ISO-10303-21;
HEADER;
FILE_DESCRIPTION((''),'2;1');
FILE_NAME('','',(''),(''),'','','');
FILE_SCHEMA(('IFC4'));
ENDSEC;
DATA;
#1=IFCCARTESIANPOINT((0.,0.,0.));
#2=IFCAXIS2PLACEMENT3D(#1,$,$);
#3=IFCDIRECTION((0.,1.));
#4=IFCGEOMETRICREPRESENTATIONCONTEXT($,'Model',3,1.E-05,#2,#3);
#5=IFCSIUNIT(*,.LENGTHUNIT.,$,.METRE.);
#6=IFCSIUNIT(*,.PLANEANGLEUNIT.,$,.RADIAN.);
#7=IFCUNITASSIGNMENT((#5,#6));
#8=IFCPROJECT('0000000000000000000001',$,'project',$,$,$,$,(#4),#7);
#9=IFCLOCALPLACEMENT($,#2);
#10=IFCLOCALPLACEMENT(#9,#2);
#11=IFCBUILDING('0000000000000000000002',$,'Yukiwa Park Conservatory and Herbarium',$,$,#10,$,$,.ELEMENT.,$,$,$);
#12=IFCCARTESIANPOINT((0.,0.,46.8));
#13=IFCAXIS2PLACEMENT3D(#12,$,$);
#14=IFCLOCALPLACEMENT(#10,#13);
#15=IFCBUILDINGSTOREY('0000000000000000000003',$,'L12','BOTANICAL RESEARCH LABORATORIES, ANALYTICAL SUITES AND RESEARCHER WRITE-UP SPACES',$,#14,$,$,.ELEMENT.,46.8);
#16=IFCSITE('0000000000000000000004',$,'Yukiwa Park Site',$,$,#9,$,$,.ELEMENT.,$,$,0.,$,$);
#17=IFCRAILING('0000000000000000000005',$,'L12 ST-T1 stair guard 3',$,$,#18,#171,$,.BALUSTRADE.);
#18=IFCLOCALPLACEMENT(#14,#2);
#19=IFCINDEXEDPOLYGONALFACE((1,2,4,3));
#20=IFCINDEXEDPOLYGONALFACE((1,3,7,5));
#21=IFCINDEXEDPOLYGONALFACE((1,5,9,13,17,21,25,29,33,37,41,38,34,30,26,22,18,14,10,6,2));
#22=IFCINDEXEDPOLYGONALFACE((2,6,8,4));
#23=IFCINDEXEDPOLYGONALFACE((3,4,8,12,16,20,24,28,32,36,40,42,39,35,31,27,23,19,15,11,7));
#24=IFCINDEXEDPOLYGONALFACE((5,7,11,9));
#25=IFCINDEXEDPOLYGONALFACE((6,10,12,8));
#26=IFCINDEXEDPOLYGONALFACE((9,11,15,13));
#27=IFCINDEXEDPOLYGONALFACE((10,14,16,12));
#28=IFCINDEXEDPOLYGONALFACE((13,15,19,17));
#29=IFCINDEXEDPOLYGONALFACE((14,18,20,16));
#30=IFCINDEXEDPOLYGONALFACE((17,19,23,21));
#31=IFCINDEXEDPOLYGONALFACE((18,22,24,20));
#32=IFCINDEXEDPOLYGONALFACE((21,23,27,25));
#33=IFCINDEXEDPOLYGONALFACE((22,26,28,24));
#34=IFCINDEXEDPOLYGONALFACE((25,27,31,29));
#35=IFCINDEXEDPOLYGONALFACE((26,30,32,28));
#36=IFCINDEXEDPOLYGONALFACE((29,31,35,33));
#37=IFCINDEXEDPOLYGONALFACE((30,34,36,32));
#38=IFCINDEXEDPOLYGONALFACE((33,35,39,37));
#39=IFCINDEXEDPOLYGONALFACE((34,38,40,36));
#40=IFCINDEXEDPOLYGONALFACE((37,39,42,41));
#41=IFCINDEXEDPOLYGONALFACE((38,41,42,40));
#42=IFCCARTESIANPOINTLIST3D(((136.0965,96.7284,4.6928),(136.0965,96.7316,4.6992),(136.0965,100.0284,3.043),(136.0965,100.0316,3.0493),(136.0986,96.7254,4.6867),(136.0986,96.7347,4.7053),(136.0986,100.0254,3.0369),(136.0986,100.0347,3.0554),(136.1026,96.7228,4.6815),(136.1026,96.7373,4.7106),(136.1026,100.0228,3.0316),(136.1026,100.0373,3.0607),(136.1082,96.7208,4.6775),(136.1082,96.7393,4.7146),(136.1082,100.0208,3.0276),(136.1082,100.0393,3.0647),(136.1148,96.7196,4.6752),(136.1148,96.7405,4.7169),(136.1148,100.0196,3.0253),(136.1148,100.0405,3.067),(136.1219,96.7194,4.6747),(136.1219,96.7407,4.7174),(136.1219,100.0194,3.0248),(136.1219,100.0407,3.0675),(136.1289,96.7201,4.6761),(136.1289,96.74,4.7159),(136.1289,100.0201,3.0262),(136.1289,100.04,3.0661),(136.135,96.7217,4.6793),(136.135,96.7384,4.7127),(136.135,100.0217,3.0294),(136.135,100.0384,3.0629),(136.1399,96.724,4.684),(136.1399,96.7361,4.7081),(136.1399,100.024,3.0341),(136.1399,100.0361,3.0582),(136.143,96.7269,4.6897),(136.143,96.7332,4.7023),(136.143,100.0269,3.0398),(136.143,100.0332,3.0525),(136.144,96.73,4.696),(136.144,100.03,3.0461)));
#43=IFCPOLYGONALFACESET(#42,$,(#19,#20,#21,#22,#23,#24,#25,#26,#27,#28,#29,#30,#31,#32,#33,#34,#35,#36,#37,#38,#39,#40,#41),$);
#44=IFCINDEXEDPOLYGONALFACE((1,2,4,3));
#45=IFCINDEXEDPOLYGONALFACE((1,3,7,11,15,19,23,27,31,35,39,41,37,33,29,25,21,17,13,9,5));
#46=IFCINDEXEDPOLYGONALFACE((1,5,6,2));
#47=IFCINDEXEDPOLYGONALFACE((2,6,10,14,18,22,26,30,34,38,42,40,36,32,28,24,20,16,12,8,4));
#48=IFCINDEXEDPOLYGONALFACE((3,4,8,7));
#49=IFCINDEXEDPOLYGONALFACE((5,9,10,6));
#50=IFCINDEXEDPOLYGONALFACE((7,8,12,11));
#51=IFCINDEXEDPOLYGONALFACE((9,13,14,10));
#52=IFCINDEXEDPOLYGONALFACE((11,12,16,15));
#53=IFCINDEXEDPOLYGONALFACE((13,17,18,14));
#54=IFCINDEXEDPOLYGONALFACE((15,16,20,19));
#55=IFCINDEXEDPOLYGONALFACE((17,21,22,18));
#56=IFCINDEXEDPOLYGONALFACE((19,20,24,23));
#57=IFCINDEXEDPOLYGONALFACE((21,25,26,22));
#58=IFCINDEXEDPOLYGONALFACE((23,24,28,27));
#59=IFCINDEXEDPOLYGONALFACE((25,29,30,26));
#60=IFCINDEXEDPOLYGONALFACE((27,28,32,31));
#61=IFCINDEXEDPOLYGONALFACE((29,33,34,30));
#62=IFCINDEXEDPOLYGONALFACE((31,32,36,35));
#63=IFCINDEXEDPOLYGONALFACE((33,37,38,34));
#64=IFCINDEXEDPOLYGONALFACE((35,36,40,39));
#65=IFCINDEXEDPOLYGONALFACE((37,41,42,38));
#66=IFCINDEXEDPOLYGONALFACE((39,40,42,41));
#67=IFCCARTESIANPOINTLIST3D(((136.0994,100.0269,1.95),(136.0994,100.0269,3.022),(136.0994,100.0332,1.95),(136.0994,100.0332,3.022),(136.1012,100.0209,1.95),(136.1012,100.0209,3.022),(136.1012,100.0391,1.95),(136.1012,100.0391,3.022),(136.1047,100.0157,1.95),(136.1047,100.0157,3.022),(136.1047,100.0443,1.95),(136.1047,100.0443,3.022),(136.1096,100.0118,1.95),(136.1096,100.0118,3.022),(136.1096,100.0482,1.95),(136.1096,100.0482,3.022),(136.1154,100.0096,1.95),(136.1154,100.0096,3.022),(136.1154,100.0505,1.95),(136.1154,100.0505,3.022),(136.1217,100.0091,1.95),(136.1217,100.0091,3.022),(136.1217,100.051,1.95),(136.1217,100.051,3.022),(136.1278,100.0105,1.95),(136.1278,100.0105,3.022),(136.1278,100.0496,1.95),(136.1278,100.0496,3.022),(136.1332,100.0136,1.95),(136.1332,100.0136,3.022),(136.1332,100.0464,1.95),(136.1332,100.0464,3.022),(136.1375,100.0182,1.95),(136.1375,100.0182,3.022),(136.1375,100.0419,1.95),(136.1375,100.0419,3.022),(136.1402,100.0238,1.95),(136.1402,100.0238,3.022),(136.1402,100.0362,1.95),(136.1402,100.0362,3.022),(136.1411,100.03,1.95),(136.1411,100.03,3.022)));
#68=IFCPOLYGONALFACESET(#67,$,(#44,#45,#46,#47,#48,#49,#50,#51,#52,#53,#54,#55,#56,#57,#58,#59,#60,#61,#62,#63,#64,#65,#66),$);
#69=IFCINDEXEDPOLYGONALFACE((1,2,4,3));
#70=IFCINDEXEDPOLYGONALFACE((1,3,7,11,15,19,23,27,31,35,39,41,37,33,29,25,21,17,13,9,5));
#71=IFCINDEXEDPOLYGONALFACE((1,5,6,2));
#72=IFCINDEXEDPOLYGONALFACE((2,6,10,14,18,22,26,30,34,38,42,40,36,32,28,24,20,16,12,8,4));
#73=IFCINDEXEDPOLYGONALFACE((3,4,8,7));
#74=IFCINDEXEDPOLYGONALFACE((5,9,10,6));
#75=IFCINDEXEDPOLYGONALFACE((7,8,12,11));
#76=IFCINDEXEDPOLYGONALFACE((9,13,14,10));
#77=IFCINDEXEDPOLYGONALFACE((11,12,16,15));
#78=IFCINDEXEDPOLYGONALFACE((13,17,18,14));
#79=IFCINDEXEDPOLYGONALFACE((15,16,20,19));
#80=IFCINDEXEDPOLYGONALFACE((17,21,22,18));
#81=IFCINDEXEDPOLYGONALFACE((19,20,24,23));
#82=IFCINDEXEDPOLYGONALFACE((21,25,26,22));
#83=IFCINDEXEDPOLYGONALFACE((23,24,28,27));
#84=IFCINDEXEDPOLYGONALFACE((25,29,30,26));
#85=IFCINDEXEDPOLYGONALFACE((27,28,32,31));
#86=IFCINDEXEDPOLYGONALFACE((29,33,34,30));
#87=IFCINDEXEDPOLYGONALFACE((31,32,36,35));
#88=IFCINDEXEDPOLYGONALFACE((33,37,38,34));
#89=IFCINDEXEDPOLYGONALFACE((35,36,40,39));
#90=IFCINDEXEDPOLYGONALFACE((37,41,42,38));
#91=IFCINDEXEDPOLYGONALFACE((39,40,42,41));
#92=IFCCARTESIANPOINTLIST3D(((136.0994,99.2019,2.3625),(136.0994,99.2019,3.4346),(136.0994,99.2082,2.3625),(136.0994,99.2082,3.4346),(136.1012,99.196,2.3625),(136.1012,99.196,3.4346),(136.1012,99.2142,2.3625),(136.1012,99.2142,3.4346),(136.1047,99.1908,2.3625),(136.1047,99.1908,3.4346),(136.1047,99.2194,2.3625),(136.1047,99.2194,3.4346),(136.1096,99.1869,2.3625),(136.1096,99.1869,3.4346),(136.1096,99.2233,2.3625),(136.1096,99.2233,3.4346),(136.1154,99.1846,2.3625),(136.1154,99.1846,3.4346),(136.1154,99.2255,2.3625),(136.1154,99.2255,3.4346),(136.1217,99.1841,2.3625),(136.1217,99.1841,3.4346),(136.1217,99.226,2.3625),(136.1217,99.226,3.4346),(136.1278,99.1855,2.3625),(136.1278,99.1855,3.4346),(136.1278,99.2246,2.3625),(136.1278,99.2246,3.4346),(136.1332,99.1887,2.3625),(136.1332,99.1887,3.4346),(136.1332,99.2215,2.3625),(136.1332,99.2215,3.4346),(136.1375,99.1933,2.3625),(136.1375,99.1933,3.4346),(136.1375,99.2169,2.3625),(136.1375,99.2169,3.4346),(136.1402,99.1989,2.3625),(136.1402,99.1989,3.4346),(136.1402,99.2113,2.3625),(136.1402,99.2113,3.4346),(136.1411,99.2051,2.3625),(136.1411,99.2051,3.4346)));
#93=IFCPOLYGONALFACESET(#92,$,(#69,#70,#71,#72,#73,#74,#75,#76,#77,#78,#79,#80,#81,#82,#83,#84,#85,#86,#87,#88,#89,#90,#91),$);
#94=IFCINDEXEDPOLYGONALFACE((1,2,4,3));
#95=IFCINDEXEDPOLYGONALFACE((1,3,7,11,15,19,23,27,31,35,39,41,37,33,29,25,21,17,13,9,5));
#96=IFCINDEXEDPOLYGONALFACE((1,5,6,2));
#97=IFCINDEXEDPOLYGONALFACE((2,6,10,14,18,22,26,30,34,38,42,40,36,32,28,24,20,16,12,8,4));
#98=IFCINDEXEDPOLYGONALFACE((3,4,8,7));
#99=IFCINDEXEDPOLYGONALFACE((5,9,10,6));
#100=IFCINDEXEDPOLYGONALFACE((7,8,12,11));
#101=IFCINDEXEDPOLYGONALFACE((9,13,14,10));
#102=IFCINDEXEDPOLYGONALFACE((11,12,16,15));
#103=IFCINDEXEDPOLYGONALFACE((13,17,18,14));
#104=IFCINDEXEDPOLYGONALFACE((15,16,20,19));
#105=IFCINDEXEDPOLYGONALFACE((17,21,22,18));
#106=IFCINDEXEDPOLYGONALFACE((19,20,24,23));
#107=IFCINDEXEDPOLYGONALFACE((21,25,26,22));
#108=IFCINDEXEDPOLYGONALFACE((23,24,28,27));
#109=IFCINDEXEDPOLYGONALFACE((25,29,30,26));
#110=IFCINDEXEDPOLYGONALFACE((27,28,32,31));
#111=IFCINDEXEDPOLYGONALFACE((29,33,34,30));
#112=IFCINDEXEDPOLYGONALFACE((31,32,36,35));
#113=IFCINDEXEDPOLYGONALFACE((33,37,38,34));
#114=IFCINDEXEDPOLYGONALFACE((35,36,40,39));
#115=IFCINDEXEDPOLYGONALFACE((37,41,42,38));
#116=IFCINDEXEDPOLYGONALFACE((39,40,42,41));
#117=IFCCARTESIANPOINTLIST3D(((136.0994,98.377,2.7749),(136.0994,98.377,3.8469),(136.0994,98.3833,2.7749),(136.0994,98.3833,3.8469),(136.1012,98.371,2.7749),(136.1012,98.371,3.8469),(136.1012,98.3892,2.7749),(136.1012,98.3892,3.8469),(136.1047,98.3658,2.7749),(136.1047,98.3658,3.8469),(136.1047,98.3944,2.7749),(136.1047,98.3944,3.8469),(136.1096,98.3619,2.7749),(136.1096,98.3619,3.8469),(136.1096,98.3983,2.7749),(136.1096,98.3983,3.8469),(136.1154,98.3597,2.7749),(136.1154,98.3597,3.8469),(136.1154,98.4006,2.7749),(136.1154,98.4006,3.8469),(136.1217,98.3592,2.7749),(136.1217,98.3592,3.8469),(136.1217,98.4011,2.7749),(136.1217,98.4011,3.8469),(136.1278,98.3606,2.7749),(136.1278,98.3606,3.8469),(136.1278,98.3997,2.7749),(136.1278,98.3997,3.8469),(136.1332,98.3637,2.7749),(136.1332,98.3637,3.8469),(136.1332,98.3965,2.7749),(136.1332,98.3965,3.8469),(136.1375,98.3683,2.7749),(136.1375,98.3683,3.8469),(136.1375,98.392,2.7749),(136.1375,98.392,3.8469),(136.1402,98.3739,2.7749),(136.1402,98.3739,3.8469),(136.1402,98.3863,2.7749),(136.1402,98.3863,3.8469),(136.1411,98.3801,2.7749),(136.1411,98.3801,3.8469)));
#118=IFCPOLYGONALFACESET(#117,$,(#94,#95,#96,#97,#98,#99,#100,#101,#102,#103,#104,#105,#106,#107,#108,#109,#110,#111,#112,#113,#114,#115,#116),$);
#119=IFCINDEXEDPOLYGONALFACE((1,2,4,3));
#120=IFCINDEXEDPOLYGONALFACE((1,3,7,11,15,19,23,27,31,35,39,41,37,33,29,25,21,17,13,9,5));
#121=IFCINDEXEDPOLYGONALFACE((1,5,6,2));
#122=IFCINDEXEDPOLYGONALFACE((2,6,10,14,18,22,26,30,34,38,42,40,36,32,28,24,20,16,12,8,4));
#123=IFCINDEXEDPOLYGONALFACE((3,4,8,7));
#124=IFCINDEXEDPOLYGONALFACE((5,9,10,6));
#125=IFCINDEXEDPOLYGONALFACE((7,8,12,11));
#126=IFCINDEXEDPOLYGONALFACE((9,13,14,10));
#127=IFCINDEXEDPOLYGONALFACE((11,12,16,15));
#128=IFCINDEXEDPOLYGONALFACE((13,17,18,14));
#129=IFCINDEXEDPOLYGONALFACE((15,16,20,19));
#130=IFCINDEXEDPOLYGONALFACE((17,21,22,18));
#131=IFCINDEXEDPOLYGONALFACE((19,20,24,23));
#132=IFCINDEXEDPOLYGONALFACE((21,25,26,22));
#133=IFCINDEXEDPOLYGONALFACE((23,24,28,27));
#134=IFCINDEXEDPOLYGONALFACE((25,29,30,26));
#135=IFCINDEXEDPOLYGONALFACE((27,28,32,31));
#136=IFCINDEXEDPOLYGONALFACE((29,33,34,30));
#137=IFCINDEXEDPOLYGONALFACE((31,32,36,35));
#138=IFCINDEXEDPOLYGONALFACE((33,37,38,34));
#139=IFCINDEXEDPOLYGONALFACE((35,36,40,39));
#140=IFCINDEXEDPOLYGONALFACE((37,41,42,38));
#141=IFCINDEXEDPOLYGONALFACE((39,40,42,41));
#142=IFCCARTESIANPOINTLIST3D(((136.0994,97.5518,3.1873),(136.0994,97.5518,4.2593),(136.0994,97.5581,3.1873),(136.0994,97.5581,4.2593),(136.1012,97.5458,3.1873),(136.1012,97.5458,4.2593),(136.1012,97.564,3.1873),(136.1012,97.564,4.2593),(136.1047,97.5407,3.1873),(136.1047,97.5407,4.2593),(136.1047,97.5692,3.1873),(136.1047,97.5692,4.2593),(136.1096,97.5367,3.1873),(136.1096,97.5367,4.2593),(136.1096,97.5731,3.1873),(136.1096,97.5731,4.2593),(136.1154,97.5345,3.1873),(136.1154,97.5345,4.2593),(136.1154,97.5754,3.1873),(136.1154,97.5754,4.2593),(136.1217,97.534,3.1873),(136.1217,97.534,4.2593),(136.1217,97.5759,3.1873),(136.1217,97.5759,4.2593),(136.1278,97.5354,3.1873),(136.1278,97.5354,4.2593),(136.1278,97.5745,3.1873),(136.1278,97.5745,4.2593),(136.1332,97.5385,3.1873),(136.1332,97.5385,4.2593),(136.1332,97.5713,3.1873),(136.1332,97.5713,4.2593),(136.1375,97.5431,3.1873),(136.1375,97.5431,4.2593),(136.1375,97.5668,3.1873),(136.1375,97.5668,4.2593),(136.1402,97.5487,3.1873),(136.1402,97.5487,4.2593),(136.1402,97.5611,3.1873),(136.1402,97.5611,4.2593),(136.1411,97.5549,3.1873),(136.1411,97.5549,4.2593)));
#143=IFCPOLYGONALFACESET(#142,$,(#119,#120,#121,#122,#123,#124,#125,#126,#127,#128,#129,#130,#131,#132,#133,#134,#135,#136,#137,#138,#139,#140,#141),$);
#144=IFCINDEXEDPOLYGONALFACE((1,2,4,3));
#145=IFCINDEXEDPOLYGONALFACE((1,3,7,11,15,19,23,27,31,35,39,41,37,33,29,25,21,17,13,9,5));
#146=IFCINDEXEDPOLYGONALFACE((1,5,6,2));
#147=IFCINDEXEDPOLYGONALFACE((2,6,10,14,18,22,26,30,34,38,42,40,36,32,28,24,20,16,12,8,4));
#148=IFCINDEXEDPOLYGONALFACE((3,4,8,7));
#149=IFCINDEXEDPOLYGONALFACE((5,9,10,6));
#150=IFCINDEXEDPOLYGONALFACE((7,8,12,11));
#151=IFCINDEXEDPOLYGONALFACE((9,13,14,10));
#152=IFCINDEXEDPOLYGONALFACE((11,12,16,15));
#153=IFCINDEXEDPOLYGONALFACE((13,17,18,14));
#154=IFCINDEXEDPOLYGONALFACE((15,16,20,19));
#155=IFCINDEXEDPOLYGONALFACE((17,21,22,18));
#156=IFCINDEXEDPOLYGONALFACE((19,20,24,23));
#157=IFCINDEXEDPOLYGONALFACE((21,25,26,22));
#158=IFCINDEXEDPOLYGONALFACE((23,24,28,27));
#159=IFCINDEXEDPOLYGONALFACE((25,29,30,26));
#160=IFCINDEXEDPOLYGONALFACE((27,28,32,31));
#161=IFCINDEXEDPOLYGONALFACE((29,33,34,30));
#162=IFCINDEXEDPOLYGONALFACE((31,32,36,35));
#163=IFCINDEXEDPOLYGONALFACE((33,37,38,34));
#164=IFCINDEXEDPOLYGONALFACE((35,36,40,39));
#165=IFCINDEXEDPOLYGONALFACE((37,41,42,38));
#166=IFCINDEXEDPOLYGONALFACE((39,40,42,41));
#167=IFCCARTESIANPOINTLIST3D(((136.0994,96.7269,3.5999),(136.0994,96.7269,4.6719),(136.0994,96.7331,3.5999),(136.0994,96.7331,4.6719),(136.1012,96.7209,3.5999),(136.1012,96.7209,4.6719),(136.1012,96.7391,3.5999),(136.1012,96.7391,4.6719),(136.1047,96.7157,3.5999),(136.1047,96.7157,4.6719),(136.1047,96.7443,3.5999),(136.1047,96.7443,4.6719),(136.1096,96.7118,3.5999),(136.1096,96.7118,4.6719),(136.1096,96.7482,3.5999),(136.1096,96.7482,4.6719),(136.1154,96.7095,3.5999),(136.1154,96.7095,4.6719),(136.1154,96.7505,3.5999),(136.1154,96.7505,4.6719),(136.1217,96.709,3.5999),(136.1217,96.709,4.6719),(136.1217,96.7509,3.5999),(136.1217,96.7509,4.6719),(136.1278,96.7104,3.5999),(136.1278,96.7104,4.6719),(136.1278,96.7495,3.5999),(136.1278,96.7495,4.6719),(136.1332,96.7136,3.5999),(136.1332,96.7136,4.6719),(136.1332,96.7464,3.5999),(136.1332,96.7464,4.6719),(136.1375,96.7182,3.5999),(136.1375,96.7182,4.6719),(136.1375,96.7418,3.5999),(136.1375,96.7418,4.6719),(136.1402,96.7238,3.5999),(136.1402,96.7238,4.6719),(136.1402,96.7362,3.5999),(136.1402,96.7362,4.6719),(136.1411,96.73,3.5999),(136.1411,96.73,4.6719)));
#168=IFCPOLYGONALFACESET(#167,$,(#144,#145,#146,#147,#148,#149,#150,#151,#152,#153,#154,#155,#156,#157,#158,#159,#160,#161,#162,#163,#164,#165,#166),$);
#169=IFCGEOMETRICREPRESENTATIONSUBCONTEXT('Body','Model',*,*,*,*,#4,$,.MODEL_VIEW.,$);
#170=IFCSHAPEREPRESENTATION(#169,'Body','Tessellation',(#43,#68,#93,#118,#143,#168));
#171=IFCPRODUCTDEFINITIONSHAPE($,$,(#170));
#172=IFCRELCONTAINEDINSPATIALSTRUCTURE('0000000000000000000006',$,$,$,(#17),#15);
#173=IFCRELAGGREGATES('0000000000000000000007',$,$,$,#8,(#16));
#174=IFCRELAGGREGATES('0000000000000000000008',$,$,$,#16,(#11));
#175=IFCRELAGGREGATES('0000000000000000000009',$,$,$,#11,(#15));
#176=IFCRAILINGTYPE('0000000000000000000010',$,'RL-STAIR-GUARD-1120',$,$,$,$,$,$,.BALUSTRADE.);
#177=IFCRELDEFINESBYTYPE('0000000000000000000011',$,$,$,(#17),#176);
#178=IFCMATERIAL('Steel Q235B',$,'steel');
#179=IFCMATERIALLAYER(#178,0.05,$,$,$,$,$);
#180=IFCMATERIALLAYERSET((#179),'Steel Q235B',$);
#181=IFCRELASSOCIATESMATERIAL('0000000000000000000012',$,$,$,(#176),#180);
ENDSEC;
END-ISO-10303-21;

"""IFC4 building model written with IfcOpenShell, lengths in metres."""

from ifc_helpers import new_model, si_unit, direction, frame, origin, origin_2d, place, context, subcontext, project, spatial, circle, extrude, material, layer, layer_set, type_object, element, save


model = new_model("IFC4")

# Units and contexts
model_context = context("Model", 3, precision=1e-05, world=origin(), true_north=direction((0.0, 1.0)))
body_context = subcontext(model_context, "Body", "Model", "MODEL_VIEW")
ifc_project = project(units=[si_unit("LENGTHUNIT", "METRE"), si_unit("PLANEANGLEUNIT", "RADIAN")], contexts=[model_context])

# Site, building, storey
site_placement = place(None, origin())
site = spatial("IfcSite", under=ifc_project, at=site_placement, Name="Yukiwa Park Site", CompositionType="ELEMENT", RefElevation=0.0)
building_placement = place(site_placement, origin())
building = spatial("IfcBuilding", under=site, at=building_placement, Name="Yukiwa Park Conservatory and Herbarium", CompositionType="ELEMENT")
storey_placement = place(building_placement, frame((0.0, 0.0, 46.8)))
storey = spatial("IfcBuildingStorey", under=building, at=storey_placement, Name="L12", Description="BOTANICAL RESEARCH LABORATORIES, ANALYTICAL SUITES AND RESEARCHER WRITE-UP SPACES", CompositionType="ELEMENT", Elevation=46.8)

# Railing
ifc_material_1 = material(Name="Steel Q235B", Category="steel")
ifc_layer_1 = layer(ifc_material_1, 0.05)
ifc_layer_set_1 = layer_set([ifc_layer_1], Name="Steel Q235B")
railing_type = type_object("IfcRailingType", Name="RL-STAIR-GUARD-1120", PredefinedType="BALUSTRADE", material=ifc_layer_set_1)
railing_1_placement = place(storey_placement, frame((136.1201, 100.03, 1.95)))
element("IfcRailing", 1, at=railing_1_placement, inside=storey, type_object=railing_type, Name="L12 ST-T1 stair guard 3", PredefinedType="BALUSTRADE", context=body_context, shape_type="SweptSolid", body=[
    extrude(circle(Radius=0.0239, at=origin_2d()), frame((0.0, 0.0, 1.0962), z_axis=(0.0, -0.89444, 0.447187), x_axis=(1.0, 0.0, 0.0)), (0.0, 0.0, 1.0), 3.6895),
    extrude(circle(Radius=0.021, at=origin_2d()), origin(), (0.0, 0.0, 1.0), 1.072),
    extrude(circle(Radius=0.021, at=origin_2d()), frame((0.0, -0.825, 0.4126)), (0.0, 0.0, 1.0), 1.072),
    extrude(circle(Radius=0.021, at=origin_2d()), frame((0.0, -1.6499, 0.825)), (0.0, 0.0, 1.0), 1.072),
    extrude(circle(Radius=0.021, at=origin_2d()), frame((0.0, -2.4751, 1.2373)), (0.0, 0.0, 1.0), 1.072),
    extrude(circle(Radius=0.021, at=origin_2d()), frame((0.0, -3.3, 1.6499)), (0.0, 0.0, 1.0), 1.072),
])

save(model, "model.ifc")
